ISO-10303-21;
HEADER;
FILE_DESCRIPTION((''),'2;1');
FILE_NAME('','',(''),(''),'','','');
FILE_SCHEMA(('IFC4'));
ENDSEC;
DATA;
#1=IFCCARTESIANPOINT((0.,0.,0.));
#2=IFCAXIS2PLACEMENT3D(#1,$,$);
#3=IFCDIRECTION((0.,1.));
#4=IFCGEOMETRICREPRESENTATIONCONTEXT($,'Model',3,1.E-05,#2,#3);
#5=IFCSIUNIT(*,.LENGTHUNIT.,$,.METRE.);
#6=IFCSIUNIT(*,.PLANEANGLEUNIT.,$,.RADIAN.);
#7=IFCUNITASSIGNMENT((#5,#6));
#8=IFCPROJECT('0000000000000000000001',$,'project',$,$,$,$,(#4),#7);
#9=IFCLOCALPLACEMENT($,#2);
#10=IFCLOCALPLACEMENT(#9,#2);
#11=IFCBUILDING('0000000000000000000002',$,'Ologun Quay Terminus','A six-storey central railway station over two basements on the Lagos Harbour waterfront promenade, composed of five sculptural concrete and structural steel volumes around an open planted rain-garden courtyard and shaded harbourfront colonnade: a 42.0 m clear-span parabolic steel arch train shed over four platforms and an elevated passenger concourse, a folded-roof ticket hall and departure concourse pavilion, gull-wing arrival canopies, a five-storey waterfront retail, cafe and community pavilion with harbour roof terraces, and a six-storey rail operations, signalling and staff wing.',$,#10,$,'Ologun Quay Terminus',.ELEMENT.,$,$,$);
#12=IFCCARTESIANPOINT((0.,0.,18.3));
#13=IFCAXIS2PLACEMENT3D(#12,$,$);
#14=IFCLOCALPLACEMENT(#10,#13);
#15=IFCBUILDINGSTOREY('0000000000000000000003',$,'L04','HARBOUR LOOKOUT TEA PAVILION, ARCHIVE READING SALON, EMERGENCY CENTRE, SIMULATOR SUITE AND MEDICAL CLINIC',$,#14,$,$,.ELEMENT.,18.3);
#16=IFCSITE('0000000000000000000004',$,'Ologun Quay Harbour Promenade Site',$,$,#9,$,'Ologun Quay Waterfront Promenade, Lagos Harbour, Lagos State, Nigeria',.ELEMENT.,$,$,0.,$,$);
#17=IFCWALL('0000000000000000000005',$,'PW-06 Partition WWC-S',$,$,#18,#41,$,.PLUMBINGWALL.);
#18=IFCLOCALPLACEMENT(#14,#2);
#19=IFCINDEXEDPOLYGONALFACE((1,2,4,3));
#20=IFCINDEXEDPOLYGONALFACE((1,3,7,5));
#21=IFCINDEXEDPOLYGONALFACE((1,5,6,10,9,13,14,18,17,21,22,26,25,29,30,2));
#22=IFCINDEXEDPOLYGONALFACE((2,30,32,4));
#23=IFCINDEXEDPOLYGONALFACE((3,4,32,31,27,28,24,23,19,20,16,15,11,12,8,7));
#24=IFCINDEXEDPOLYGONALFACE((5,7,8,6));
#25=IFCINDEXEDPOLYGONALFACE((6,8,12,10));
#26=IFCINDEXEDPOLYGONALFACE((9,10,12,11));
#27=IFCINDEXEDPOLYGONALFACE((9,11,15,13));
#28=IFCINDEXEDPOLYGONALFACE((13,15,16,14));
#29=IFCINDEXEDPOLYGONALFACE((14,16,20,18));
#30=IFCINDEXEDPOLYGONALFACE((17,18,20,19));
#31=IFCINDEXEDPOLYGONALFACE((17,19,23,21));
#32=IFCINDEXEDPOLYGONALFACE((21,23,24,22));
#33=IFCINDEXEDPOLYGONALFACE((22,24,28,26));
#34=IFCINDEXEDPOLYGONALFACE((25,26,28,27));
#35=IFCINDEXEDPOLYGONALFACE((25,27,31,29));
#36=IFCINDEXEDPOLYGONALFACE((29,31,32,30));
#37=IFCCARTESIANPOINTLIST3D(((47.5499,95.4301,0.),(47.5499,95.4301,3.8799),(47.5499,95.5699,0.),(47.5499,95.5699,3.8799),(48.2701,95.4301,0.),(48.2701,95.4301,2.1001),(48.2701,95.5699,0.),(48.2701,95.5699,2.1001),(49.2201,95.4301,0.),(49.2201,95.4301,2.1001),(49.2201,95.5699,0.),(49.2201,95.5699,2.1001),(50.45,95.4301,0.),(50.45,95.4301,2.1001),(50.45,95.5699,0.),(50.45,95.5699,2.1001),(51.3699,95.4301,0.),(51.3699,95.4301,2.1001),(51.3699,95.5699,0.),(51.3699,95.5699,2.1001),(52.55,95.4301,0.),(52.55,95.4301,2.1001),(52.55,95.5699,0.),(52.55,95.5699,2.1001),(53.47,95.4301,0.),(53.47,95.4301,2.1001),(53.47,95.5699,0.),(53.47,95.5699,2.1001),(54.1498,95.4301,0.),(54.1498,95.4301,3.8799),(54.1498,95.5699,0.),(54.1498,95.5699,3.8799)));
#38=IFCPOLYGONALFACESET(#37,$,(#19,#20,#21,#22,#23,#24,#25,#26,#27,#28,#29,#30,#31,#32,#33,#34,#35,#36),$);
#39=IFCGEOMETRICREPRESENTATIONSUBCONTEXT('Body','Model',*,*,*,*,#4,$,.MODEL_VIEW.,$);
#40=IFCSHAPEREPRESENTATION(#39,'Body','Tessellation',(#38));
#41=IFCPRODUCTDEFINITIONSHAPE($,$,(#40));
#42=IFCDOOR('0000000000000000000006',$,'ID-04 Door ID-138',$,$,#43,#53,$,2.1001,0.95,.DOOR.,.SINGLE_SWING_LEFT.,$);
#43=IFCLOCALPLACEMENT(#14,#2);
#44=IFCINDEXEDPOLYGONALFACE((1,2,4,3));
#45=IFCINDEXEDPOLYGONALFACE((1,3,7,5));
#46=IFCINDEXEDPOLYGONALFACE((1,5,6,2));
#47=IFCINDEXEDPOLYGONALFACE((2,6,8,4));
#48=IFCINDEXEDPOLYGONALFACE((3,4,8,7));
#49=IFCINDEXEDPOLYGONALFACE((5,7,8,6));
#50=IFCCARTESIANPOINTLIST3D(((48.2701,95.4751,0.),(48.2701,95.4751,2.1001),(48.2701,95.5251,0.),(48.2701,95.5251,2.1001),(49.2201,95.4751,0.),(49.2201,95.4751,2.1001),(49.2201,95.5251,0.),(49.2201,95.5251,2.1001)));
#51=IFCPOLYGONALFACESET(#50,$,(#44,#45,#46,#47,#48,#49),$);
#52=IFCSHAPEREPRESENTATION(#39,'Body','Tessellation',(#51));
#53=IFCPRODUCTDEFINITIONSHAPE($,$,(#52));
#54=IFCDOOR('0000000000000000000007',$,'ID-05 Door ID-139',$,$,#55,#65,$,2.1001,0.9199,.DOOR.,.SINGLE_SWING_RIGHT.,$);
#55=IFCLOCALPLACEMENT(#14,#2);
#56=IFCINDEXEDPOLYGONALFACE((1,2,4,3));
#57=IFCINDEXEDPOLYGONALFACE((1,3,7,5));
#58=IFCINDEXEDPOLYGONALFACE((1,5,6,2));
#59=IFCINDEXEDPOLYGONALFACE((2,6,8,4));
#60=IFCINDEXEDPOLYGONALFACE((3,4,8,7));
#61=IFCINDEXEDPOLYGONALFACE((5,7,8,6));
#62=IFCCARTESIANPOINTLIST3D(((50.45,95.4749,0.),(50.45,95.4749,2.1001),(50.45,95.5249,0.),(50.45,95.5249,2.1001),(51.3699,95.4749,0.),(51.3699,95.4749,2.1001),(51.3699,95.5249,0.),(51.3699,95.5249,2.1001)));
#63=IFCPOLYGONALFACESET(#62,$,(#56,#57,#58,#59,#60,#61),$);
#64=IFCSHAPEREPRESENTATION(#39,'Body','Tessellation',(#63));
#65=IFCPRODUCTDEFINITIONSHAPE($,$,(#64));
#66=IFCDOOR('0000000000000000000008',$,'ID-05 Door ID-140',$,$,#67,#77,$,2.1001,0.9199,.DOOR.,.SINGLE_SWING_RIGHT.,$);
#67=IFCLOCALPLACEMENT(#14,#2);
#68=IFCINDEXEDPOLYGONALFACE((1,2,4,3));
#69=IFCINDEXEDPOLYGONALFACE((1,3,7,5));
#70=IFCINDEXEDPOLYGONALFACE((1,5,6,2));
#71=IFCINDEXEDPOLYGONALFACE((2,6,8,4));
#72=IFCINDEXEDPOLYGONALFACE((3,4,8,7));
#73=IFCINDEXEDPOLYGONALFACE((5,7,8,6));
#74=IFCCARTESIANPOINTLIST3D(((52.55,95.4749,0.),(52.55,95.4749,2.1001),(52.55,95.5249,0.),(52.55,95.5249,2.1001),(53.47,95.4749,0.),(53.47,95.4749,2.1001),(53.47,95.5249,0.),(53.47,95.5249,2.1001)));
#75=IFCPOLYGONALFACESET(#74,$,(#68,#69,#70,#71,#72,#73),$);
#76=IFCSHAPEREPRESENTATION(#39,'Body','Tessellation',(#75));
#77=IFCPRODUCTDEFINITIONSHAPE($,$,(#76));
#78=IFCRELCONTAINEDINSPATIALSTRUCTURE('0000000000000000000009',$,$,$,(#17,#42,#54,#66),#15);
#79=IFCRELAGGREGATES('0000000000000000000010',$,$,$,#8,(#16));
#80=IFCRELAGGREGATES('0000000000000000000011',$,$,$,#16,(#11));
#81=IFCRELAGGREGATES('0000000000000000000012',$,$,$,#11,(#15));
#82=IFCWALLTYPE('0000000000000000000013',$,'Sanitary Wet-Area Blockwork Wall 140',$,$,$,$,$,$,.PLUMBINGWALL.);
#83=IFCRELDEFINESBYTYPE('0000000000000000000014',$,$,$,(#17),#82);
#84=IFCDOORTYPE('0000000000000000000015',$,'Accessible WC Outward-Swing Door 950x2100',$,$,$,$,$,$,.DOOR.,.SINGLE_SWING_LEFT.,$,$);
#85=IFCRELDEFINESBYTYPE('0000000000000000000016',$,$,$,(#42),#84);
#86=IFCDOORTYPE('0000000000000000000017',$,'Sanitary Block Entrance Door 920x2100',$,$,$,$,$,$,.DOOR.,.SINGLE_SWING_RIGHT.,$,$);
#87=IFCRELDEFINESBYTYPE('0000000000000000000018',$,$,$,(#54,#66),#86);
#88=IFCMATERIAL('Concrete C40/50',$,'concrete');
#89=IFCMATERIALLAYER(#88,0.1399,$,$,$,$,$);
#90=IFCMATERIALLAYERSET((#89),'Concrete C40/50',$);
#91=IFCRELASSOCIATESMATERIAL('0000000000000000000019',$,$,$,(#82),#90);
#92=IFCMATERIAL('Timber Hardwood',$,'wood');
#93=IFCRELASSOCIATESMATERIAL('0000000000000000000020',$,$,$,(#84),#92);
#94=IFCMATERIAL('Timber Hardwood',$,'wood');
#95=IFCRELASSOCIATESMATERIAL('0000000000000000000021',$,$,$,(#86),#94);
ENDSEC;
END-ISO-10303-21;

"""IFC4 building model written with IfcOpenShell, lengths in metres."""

from ifc_helpers import new_model, si_unit, direction, frame, frame_2d, origin, place, context, subcontext, project, spatial, rectangle, extrude, material, layer, layer_set, type_object, element, fill, save


model = new_model("IFC4")

# Units and contexts
model_context = context("Model", 3, precision=1e-05, world=origin(), true_north=direction((0.0, 1.0)))
body_context = subcontext(model_context, "Body", "Model", "MODEL_VIEW")
ifc_project = project(units=[si_unit("LENGTHUNIT", "METRE"), si_unit("PLANEANGLEUNIT", "RADIAN")], contexts=[model_context])

# Site, building, storey
site_placement = place(None, origin())
site = spatial("IfcSite", under=ifc_project, at=site_placement, Name="Ologun Quay Harbour Promenade Site", LongName="Ologun Quay Waterfront Promenade, Lagos Harbour, Lagos State, Nigeria", CompositionType="ELEMENT", RefElevation=0.0)
building_placement = place(site_placement, origin())
building = spatial("IfcBuilding", under=site, at=building_placement, Name="Ologun Quay Terminus", Description="A six-storey central railway station over two basements on the Lagos Harbour waterfront promenade, composed of five sculptural concrete and structural steel volumes around an open planted rain-garden courtyard and shaded harbourfront colonnade: a 42.0 m clear-span parabolic steel arch train shed over four platforms and an elevated passenger concourse, a folded-roof ticket hall and departure concourse pavilion, gull-wing arrival canopies, a five-storey waterfront retail, cafe and community pavilion with harbour roof terraces, and a six-storey rail operations, signalling and staff wing.", LongName="Ologun Quay Terminus", CompositionType="ELEMENT")
storey_placement = place(building_placement, frame((0.0, 0.0, 18.3)))
storey = spatial("IfcBuildingStorey", under=building, at=storey_placement, Name="L04", Description="HARBOUR LOOKOUT TEA PAVILION, ARCHIVE READING SALON, EMERGENCY CENTRE, SIMULATOR SUITE AND MEDICAL CLINIC", CompositionType="ELEMENT", Elevation=18.3)

# Wall, openings, doors
ifc_material_1 = material(Name="Concrete C40/50", Category="concrete")
ifc_layer_1 = layer(ifc_material_1, 0.1399)
ifc_layer_set_1 = layer_set([ifc_layer_1], Name="Concrete C40/50")
wall_type_1 = type_object("IfcWallType", Name="Sanitary Wet-Area Blockwork Wall 140", PredefinedType="PLUMBINGWALL", material=ifc_layer_set_1)
wall_1_placement = place(storey_placement, frame((47.55, 95.5, 0.0), z_axis=(0.0, 0.0, 1.0), x_axis=(1.0, 0.0, 0.0)))
wall_1 = element("IfcWall", 1, at=wall_1_placement, inside=storey, type_object=wall_type_1, Name="PW-06 Partition WWC-S", PredefinedType="PLUMBINGWALL", context=body_context, shape_type="SweptSolid", body=[
    extrude(rectangle(XDim=6.5999, YDim=0.1399, at=frame_2d((3.2998, 0.0))), origin(), (0.0, 0.0, 1.0), 3.8799),
])
opening_1_placement = place(wall_1_placement, frame((0.72, 0.0, 0.0)))
opening_1 = element("IfcOpeningElement", 2, at=opening_1_placement, cuts=wall_1, PredefinedType="OPENING", context=body_context, shape_type="SweptSolid", body=[
    extrude(rectangle(XDim=0.95, YDim=2.1001, at=frame_2d((0.4751, 1.05))), frame((0.0, 0.0801, 0.0), z_axis=(0.0, -1.0, 0.0), x_axis=(1.0, 0.0, 0.0)), (0.0, 0.0, 1.0), 0.1599),
])
opening_2_placement = place(wall_1_placement, frame((2.8999, 0.0, 0.0)))
opening_2 = element("IfcOpeningElement", 3, at=opening_2_placement, cuts=wall_1, PredefinedType="OPENING", context=body_context, shape_type="SweptSolid", body=[
    extrude(rectangle(XDim=0.9199, YDim=2.1001, at=frame_2d((0.46, 1.05))), frame((0.0, 0.0801, 0.0), z_axis=(0.0, -1.0, 0.0), x_axis=(1.0, 0.0, 0.0)), (0.0, 0.0, 1.0), 0.1599),
])
opening_3_placement = place(wall_1_placement, frame((5.0, 0.0, 0.0)))
opening_3 = element("IfcOpeningElement", 4, at=opening_3_placement, cuts=wall_1, PredefinedType="OPENING", context=body_context, shape_type="SweptSolid", body=[
    extrude(rectangle(XDim=0.9199, YDim=2.1001, at=frame_2d((0.46, 1.05))), frame((0.0, 0.0801, 0.0), z_axis=(0.0, -1.0, 0.0), x_axis=(1.0, 0.0, 0.0)), (0.0, 0.0, 1.0), 0.1599),
])
ifc_material_2 = material(Name="Timber Hardwood", Category="wood")
door_type_1 = type_object("IfcDoorType", Name="Accessible WC Outward-Swing Door 950x2100", OperationType="SINGLE_SWING_LEFT", PredefinedType="DOOR", material=ifc_material_2)
door_1_placement = place(opening_1_placement, frame((0.4751, 0.0, 0.0), z_axis=(0.0, 0.0, 1.0), x_axis=(-1.0, 0.0, 0.0)))
door_1 = element("IfcDoor", 5, at=door_1_placement, inside=storey, type_object=door_type_1, Name="ID-04 Door ID-138", OperationType="SINGLE_SWING_LEFT", OverallHeight=2.1001, OverallWidth=0.95, PredefinedType="DOOR", context=body_context, shape_type="SweptSolid", body=[
    extrude(rectangle(XDim=0.95, YDim=2.1001, at=frame_2d((0.0, 1.05))), frame((0.0, 0.0249, 0.0), z_axis=(0.0, -1.0, 0.0), x_axis=(1.0, 0.0, 0.0)), (0.0, 0.0, 1.0), 0.05),
])
fill(opening_1, door_1)
ifc_material_3 = material(Name="Timber Hardwood", Category="wood")
door_type_2 = type_object("IfcDoorType", Name="Sanitary Block Entrance Door 920x2100", OperationType="SINGLE_SWING_RIGHT", PredefinedType="DOOR", material=ifc_material_3)
door_2_placement = place(opening_2_placement, origin())
door_2 = element("IfcDoor", 6, at=door_2_placement, inside=storey, type_object=door_type_2, Name="ID-05 Door ID-139", OperationType="SINGLE_SWING_RIGHT", OverallHeight=2.1001, OverallWidth=0.9199, PredefinedType="DOOR", context=body_context, shape_type="SweptSolid", body=[
    extrude(rectangle(XDim=0.9199, YDim=2.1001, at=frame_2d((0.46, 1.05))), frame((0.0, 0.0249, 0.0), z_axis=(0.0, -1.0, 0.0), x_axis=(1.0, 0.0, 0.0)), (0.0, 0.0, 1.0), 0.05),
])
fill(opening_2, door_2)
door_3_placement = place(opening_3_placement, origin())
door_3 = element("IfcDoor", 7, at=door_3_placement, inside=storey, type_object=door_type_2, Name="ID-05 Door ID-140", OperationType="SINGLE_SWING_RIGHT", OverallHeight=2.1001, OverallWidth=0.9199, PredefinedType="DOOR", context=body_context, shape_type="SweptSolid", body=[
    extrude(rectangle(XDim=0.9199, YDim=2.1001, at=frame_2d((0.46, 1.05))), frame((0.0, 0.0249, 0.0), z_axis=(0.0, -1.0, 0.0), x_axis=(1.0, 0.0, 0.0)), (0.0, 0.0, 1.0), 0.05),
])
fill(opening_3, door_3)

save(model, "model.ifc")
